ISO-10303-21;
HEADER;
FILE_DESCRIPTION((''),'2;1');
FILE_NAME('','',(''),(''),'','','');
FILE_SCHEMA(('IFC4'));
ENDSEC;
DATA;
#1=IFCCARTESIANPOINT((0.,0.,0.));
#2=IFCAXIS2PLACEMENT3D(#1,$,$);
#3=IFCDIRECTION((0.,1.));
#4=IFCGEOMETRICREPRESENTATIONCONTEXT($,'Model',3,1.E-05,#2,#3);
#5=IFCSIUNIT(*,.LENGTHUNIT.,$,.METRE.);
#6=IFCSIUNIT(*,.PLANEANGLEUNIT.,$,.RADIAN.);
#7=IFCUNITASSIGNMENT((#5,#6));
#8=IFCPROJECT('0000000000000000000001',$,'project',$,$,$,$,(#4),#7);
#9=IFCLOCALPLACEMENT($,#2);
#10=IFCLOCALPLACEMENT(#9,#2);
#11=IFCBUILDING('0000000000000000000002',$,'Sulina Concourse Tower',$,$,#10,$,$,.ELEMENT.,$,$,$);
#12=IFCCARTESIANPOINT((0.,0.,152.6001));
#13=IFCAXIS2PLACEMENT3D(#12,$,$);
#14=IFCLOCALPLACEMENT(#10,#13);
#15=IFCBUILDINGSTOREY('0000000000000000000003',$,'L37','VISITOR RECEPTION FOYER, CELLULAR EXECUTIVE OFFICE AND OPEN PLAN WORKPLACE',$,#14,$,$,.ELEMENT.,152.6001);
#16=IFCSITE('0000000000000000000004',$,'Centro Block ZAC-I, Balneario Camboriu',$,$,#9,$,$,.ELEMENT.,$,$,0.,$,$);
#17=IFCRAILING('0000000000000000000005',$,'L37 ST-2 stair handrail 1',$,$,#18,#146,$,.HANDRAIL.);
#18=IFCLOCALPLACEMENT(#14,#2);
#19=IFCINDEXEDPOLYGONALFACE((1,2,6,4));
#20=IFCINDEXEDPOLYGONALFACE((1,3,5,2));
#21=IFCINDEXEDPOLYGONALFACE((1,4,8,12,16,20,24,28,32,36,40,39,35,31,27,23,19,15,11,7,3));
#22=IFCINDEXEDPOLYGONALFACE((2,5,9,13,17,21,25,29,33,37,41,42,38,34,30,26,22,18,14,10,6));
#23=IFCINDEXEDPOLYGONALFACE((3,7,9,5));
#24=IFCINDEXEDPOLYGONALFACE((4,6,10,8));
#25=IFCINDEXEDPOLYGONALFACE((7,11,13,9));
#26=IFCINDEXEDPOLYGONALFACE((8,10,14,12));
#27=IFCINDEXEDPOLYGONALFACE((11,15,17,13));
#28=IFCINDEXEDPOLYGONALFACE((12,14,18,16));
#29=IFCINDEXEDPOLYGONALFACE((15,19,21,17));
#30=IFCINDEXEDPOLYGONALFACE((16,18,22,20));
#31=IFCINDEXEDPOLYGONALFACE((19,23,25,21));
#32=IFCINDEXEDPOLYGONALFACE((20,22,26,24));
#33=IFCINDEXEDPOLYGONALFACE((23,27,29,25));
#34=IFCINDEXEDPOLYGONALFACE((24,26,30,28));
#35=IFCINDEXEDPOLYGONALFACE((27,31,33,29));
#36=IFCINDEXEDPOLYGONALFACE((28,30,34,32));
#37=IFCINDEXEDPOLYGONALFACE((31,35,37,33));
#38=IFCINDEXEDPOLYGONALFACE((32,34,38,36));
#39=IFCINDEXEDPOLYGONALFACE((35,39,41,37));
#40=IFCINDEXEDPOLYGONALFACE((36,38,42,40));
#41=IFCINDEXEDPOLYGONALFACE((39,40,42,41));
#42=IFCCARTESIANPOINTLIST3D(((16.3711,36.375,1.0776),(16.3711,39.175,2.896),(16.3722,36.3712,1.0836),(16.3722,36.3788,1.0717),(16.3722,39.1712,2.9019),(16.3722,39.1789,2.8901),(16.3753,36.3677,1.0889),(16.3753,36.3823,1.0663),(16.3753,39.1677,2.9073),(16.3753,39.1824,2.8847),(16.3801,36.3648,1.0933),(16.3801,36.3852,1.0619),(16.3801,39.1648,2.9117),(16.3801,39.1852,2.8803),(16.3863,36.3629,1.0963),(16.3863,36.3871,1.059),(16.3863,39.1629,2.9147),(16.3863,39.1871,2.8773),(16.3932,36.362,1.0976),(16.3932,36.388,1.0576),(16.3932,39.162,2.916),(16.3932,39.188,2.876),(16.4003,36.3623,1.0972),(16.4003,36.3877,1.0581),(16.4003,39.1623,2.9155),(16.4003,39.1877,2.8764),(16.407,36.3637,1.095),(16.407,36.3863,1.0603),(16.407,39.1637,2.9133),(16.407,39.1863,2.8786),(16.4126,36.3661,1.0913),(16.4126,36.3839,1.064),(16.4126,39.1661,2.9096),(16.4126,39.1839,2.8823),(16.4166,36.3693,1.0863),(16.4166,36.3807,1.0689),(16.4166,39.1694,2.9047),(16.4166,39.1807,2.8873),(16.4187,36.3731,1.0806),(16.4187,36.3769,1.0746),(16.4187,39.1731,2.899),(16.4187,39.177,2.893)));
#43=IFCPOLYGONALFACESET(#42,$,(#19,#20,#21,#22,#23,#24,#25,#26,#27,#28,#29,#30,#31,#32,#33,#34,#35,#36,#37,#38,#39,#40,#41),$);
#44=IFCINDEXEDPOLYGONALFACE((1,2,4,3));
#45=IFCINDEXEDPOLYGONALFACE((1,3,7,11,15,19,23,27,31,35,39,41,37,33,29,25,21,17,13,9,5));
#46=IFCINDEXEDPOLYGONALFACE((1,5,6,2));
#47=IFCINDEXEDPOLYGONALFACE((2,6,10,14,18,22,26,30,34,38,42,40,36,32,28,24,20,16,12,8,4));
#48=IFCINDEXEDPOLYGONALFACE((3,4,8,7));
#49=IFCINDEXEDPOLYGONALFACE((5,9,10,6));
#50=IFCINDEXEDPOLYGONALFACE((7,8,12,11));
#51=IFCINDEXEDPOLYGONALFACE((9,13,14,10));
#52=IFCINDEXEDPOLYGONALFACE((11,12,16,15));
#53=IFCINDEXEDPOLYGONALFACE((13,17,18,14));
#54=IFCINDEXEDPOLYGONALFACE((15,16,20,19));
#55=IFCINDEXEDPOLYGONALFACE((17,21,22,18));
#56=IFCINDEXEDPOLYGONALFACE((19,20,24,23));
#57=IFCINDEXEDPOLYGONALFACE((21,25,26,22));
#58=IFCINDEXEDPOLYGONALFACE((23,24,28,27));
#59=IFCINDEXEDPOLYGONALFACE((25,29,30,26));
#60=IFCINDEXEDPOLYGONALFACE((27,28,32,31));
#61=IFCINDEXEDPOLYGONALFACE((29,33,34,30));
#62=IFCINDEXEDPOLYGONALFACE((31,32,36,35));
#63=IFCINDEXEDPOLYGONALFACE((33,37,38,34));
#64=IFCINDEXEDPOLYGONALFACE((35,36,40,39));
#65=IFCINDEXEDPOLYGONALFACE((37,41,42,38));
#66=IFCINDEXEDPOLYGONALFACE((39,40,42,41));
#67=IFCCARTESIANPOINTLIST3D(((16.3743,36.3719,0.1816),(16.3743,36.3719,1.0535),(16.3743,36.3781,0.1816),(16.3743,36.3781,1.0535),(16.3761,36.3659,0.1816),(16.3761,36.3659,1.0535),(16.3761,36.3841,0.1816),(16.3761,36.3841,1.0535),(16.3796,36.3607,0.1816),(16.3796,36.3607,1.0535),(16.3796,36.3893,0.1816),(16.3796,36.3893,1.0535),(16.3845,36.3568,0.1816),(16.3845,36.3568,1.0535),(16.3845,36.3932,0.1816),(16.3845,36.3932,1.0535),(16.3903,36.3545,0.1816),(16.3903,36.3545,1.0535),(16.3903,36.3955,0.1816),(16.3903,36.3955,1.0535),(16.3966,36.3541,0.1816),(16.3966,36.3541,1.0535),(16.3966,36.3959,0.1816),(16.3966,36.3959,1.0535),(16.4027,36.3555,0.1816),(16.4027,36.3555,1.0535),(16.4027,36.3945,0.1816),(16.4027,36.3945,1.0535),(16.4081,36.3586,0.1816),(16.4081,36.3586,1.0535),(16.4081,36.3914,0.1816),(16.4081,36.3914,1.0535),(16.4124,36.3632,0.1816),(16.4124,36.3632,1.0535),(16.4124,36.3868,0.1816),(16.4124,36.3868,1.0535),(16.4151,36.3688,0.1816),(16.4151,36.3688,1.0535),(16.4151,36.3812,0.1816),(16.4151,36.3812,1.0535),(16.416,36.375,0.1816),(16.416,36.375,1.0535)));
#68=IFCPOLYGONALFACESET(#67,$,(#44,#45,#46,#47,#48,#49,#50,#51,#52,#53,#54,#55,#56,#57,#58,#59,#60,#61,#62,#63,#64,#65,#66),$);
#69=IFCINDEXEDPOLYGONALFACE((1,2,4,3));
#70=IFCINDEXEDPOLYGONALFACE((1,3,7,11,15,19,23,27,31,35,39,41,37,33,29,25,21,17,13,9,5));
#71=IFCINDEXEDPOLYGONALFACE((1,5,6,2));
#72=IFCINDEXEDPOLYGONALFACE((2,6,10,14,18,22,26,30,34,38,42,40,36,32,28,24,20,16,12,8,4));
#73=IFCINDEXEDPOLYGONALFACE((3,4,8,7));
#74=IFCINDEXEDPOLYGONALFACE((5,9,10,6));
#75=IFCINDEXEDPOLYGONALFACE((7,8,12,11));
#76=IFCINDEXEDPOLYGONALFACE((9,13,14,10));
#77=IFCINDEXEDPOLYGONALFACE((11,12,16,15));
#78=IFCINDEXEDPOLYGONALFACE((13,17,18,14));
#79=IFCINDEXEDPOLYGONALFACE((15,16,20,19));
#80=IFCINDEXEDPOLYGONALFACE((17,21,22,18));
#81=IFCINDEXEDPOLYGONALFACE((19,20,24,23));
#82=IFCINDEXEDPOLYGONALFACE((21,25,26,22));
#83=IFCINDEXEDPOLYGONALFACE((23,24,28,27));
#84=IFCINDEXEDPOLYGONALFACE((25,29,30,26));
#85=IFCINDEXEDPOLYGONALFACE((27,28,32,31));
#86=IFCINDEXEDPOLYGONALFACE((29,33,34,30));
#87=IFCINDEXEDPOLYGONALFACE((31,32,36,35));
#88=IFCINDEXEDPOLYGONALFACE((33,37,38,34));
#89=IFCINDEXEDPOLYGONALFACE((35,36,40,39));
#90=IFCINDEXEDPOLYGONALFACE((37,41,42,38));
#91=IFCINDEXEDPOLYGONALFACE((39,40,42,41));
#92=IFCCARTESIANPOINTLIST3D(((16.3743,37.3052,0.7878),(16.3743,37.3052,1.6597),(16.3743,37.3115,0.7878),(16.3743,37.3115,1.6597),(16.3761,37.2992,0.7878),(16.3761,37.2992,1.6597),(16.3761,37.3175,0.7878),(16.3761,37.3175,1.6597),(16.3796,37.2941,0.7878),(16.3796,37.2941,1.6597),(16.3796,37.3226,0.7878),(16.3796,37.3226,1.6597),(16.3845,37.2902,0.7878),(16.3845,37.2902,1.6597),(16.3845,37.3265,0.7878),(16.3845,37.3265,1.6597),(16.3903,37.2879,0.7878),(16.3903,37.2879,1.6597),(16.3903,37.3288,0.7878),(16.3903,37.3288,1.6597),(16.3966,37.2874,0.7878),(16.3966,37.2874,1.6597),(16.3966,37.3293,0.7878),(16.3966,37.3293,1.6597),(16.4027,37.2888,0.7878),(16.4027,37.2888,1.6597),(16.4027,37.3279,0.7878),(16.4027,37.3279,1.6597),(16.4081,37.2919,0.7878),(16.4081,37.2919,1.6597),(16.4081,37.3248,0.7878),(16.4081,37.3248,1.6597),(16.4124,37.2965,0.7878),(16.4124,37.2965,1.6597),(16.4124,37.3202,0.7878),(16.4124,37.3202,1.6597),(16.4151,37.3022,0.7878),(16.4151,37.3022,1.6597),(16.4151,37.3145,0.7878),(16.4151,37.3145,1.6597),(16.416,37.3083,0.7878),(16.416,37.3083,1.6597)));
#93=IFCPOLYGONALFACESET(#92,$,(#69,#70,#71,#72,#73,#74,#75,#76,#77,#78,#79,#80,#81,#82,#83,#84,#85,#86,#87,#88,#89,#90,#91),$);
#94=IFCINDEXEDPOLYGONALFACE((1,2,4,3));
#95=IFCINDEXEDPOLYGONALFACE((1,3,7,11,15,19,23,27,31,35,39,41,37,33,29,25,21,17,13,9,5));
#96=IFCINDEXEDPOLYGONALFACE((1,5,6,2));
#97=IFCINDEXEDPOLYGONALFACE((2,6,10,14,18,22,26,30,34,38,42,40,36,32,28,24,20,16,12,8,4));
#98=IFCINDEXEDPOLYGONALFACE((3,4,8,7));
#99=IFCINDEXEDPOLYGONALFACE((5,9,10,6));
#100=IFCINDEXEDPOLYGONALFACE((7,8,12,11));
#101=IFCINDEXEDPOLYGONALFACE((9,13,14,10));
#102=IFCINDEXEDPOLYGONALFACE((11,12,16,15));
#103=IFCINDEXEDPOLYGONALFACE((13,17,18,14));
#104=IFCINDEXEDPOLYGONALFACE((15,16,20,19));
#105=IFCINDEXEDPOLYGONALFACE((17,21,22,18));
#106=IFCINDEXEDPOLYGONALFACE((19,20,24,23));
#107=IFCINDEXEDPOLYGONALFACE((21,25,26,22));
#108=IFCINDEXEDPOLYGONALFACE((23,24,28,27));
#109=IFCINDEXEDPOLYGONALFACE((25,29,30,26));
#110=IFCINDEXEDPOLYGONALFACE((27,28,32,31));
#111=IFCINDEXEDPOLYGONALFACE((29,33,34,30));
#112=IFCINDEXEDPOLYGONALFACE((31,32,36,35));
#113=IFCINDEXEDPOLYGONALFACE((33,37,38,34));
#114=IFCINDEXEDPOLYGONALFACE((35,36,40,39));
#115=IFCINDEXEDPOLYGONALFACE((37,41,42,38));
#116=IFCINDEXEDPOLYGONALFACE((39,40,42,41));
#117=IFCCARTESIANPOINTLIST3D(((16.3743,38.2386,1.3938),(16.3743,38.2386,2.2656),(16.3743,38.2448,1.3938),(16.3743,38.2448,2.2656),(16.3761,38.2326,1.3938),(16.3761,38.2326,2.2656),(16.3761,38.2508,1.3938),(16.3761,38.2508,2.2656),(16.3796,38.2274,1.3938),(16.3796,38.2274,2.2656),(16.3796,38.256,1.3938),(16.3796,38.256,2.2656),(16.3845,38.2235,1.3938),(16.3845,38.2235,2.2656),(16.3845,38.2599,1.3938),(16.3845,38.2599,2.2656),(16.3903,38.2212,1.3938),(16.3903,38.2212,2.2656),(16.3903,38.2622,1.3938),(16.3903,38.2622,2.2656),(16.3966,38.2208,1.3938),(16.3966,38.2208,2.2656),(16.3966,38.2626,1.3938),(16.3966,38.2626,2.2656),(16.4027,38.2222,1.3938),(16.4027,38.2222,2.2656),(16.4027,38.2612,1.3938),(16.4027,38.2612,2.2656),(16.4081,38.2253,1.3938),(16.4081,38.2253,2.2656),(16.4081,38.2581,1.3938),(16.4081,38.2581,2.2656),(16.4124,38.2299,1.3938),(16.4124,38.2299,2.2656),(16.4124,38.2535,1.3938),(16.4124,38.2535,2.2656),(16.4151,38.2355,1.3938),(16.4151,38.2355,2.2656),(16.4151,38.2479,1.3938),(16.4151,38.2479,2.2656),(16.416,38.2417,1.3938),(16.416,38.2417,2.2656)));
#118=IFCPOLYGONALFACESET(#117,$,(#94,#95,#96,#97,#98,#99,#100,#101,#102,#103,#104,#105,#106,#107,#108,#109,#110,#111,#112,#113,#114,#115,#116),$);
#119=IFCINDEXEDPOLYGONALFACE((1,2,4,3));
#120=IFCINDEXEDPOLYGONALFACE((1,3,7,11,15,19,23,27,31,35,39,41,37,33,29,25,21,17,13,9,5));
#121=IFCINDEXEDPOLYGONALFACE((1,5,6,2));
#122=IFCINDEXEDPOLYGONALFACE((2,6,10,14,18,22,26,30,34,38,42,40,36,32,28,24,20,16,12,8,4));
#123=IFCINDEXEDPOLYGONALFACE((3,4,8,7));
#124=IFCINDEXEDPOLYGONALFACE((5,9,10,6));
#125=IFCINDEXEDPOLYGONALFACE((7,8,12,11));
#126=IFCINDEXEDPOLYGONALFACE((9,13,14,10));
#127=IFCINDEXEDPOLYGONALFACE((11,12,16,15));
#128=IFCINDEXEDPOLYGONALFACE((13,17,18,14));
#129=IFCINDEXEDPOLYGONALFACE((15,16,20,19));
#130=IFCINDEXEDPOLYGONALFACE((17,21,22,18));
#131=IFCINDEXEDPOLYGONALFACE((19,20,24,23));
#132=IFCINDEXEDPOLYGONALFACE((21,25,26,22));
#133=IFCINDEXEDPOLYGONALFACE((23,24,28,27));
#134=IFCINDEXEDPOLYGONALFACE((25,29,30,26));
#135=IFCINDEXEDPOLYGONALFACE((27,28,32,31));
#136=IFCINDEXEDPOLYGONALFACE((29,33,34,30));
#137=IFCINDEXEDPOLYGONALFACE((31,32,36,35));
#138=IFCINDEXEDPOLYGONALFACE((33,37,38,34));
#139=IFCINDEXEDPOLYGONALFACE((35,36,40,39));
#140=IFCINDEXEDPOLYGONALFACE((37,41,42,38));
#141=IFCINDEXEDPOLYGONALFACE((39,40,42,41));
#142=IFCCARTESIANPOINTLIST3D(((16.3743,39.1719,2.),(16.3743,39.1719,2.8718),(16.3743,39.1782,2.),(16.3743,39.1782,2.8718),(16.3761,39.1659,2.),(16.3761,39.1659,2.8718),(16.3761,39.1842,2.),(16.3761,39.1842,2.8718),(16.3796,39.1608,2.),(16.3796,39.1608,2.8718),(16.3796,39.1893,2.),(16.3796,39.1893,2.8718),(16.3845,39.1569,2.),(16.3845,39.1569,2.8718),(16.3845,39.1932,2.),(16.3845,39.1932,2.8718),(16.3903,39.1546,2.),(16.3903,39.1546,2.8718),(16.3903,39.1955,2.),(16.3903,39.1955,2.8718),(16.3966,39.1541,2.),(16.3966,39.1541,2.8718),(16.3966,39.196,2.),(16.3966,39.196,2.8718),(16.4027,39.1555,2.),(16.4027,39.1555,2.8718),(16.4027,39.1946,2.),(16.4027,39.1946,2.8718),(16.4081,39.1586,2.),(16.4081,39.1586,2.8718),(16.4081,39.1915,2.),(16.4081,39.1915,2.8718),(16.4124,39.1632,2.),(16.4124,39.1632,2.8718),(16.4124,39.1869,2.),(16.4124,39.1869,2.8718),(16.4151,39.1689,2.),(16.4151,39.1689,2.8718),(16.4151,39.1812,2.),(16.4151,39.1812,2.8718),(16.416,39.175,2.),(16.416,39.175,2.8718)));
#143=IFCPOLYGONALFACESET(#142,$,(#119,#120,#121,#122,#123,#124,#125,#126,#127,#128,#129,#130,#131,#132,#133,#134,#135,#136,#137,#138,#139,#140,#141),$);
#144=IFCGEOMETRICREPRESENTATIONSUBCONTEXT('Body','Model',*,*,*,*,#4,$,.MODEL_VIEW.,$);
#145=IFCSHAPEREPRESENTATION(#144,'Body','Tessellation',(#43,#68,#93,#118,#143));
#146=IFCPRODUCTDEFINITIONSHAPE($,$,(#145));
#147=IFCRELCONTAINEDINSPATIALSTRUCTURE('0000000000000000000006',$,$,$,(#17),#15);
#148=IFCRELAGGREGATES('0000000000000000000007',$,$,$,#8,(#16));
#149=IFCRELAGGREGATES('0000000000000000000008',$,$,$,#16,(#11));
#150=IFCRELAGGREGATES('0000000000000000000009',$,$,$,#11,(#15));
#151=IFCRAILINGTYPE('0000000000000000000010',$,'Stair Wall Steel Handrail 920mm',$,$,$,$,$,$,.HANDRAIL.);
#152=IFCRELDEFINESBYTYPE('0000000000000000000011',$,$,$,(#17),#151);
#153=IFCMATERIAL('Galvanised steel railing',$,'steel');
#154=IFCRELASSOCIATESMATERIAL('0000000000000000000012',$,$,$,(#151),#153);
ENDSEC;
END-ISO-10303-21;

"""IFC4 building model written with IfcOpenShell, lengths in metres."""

from ifc_helpers import new_model, si_unit, direction, frame, origin, origin_2d, place, context, subcontext, project, spatial, circle, extrude, material, type_object, element, save


model = new_model("IFC4")

# Units and contexts
model_context = context("Model", 3, precision=1e-05, world=origin(), true_north=direction((0.0, 1.0)))
body_context = subcontext(model_context, "Body", "Model", "MODEL_VIEW")
ifc_project = project(units=[si_unit("LENGTHUNIT", "METRE"), si_unit("PLANEANGLEUNIT", "RADIAN")], contexts=[model_context])

# Site, building, storey
site_placement = place(None, origin())
site = spatial("IfcSite", under=ifc_project, at=site_placement, Name="Centro Block ZAC-I, Balneario Camboriu", CompositionType="ELEMENT", RefElevation=0.0)
building_placement = place(site_placement, origin())
building = spatial("IfcBuilding", under=site, at=building_placement, Name="Sulina Concourse Tower", CompositionType="ELEMENT")
storey_placement = place(building_placement, frame((0.0, 0.0, 152.6001)))
storey = spatial("IfcBuildingStorey", under=building, at=storey_placement, Name="L37", Description="VISITOR RECEPTION FOYER, CELLULAR EXECUTIVE OFFICE AND OPEN PLAN WORKPLACE", CompositionType="ELEMENT", Elevation=152.6001)

# Railing
ifc_material_1 = material(Name="Galvanised steel railing", Category="steel")
railing_type_1 = type_object("IfcRailingType", Name="Stair Wall Steel Handrail 920mm", PredefinedType="HANDRAIL", material=ifc_material_1)
railing_1_placement = place(storey_placement, frame((16.395, 36.375, 0.1816)))
element("IfcRailing", 1, at=railing_1_placement, inside=storey, type_object=railing_type_1, Name="L37 ST-2 stair handrail 1", PredefinedType="HANDRAIL", context=body_context, shape_type="SweptSolid", body=[
    extrude(circle(Radius=0.0239, at=origin_2d()), frame((0.0, 0.0, 0.896), z_axis=(0.0, 0.838672, 0.544636), x_axis=(-1.0, 0.0, 0.0)), (0.0, 0.0, 1.0), 3.3386),
    extrude(circle(Radius=0.021, at=origin_2d()), origin(), (0.0, 0.0, 1.0), 0.8718),
    extrude(circle(Radius=0.021, at=origin_2d()), frame((0.0, 0.9333, 0.6062)), (0.0, 0.0, 1.0), 0.8718),
    extrude(circle(Radius=0.021, at=origin_2d()), frame((0.0, 1.8667, 1.2122)), (0.0, 0.0, 1.0), 0.8718),
    extrude(circle(Radius=0.021, at=origin_2d()), frame((0.0, 2.8, 1.8184)), (0.0, 0.0, 1.0), 0.8718),
])

save(model, "model.ifc")
